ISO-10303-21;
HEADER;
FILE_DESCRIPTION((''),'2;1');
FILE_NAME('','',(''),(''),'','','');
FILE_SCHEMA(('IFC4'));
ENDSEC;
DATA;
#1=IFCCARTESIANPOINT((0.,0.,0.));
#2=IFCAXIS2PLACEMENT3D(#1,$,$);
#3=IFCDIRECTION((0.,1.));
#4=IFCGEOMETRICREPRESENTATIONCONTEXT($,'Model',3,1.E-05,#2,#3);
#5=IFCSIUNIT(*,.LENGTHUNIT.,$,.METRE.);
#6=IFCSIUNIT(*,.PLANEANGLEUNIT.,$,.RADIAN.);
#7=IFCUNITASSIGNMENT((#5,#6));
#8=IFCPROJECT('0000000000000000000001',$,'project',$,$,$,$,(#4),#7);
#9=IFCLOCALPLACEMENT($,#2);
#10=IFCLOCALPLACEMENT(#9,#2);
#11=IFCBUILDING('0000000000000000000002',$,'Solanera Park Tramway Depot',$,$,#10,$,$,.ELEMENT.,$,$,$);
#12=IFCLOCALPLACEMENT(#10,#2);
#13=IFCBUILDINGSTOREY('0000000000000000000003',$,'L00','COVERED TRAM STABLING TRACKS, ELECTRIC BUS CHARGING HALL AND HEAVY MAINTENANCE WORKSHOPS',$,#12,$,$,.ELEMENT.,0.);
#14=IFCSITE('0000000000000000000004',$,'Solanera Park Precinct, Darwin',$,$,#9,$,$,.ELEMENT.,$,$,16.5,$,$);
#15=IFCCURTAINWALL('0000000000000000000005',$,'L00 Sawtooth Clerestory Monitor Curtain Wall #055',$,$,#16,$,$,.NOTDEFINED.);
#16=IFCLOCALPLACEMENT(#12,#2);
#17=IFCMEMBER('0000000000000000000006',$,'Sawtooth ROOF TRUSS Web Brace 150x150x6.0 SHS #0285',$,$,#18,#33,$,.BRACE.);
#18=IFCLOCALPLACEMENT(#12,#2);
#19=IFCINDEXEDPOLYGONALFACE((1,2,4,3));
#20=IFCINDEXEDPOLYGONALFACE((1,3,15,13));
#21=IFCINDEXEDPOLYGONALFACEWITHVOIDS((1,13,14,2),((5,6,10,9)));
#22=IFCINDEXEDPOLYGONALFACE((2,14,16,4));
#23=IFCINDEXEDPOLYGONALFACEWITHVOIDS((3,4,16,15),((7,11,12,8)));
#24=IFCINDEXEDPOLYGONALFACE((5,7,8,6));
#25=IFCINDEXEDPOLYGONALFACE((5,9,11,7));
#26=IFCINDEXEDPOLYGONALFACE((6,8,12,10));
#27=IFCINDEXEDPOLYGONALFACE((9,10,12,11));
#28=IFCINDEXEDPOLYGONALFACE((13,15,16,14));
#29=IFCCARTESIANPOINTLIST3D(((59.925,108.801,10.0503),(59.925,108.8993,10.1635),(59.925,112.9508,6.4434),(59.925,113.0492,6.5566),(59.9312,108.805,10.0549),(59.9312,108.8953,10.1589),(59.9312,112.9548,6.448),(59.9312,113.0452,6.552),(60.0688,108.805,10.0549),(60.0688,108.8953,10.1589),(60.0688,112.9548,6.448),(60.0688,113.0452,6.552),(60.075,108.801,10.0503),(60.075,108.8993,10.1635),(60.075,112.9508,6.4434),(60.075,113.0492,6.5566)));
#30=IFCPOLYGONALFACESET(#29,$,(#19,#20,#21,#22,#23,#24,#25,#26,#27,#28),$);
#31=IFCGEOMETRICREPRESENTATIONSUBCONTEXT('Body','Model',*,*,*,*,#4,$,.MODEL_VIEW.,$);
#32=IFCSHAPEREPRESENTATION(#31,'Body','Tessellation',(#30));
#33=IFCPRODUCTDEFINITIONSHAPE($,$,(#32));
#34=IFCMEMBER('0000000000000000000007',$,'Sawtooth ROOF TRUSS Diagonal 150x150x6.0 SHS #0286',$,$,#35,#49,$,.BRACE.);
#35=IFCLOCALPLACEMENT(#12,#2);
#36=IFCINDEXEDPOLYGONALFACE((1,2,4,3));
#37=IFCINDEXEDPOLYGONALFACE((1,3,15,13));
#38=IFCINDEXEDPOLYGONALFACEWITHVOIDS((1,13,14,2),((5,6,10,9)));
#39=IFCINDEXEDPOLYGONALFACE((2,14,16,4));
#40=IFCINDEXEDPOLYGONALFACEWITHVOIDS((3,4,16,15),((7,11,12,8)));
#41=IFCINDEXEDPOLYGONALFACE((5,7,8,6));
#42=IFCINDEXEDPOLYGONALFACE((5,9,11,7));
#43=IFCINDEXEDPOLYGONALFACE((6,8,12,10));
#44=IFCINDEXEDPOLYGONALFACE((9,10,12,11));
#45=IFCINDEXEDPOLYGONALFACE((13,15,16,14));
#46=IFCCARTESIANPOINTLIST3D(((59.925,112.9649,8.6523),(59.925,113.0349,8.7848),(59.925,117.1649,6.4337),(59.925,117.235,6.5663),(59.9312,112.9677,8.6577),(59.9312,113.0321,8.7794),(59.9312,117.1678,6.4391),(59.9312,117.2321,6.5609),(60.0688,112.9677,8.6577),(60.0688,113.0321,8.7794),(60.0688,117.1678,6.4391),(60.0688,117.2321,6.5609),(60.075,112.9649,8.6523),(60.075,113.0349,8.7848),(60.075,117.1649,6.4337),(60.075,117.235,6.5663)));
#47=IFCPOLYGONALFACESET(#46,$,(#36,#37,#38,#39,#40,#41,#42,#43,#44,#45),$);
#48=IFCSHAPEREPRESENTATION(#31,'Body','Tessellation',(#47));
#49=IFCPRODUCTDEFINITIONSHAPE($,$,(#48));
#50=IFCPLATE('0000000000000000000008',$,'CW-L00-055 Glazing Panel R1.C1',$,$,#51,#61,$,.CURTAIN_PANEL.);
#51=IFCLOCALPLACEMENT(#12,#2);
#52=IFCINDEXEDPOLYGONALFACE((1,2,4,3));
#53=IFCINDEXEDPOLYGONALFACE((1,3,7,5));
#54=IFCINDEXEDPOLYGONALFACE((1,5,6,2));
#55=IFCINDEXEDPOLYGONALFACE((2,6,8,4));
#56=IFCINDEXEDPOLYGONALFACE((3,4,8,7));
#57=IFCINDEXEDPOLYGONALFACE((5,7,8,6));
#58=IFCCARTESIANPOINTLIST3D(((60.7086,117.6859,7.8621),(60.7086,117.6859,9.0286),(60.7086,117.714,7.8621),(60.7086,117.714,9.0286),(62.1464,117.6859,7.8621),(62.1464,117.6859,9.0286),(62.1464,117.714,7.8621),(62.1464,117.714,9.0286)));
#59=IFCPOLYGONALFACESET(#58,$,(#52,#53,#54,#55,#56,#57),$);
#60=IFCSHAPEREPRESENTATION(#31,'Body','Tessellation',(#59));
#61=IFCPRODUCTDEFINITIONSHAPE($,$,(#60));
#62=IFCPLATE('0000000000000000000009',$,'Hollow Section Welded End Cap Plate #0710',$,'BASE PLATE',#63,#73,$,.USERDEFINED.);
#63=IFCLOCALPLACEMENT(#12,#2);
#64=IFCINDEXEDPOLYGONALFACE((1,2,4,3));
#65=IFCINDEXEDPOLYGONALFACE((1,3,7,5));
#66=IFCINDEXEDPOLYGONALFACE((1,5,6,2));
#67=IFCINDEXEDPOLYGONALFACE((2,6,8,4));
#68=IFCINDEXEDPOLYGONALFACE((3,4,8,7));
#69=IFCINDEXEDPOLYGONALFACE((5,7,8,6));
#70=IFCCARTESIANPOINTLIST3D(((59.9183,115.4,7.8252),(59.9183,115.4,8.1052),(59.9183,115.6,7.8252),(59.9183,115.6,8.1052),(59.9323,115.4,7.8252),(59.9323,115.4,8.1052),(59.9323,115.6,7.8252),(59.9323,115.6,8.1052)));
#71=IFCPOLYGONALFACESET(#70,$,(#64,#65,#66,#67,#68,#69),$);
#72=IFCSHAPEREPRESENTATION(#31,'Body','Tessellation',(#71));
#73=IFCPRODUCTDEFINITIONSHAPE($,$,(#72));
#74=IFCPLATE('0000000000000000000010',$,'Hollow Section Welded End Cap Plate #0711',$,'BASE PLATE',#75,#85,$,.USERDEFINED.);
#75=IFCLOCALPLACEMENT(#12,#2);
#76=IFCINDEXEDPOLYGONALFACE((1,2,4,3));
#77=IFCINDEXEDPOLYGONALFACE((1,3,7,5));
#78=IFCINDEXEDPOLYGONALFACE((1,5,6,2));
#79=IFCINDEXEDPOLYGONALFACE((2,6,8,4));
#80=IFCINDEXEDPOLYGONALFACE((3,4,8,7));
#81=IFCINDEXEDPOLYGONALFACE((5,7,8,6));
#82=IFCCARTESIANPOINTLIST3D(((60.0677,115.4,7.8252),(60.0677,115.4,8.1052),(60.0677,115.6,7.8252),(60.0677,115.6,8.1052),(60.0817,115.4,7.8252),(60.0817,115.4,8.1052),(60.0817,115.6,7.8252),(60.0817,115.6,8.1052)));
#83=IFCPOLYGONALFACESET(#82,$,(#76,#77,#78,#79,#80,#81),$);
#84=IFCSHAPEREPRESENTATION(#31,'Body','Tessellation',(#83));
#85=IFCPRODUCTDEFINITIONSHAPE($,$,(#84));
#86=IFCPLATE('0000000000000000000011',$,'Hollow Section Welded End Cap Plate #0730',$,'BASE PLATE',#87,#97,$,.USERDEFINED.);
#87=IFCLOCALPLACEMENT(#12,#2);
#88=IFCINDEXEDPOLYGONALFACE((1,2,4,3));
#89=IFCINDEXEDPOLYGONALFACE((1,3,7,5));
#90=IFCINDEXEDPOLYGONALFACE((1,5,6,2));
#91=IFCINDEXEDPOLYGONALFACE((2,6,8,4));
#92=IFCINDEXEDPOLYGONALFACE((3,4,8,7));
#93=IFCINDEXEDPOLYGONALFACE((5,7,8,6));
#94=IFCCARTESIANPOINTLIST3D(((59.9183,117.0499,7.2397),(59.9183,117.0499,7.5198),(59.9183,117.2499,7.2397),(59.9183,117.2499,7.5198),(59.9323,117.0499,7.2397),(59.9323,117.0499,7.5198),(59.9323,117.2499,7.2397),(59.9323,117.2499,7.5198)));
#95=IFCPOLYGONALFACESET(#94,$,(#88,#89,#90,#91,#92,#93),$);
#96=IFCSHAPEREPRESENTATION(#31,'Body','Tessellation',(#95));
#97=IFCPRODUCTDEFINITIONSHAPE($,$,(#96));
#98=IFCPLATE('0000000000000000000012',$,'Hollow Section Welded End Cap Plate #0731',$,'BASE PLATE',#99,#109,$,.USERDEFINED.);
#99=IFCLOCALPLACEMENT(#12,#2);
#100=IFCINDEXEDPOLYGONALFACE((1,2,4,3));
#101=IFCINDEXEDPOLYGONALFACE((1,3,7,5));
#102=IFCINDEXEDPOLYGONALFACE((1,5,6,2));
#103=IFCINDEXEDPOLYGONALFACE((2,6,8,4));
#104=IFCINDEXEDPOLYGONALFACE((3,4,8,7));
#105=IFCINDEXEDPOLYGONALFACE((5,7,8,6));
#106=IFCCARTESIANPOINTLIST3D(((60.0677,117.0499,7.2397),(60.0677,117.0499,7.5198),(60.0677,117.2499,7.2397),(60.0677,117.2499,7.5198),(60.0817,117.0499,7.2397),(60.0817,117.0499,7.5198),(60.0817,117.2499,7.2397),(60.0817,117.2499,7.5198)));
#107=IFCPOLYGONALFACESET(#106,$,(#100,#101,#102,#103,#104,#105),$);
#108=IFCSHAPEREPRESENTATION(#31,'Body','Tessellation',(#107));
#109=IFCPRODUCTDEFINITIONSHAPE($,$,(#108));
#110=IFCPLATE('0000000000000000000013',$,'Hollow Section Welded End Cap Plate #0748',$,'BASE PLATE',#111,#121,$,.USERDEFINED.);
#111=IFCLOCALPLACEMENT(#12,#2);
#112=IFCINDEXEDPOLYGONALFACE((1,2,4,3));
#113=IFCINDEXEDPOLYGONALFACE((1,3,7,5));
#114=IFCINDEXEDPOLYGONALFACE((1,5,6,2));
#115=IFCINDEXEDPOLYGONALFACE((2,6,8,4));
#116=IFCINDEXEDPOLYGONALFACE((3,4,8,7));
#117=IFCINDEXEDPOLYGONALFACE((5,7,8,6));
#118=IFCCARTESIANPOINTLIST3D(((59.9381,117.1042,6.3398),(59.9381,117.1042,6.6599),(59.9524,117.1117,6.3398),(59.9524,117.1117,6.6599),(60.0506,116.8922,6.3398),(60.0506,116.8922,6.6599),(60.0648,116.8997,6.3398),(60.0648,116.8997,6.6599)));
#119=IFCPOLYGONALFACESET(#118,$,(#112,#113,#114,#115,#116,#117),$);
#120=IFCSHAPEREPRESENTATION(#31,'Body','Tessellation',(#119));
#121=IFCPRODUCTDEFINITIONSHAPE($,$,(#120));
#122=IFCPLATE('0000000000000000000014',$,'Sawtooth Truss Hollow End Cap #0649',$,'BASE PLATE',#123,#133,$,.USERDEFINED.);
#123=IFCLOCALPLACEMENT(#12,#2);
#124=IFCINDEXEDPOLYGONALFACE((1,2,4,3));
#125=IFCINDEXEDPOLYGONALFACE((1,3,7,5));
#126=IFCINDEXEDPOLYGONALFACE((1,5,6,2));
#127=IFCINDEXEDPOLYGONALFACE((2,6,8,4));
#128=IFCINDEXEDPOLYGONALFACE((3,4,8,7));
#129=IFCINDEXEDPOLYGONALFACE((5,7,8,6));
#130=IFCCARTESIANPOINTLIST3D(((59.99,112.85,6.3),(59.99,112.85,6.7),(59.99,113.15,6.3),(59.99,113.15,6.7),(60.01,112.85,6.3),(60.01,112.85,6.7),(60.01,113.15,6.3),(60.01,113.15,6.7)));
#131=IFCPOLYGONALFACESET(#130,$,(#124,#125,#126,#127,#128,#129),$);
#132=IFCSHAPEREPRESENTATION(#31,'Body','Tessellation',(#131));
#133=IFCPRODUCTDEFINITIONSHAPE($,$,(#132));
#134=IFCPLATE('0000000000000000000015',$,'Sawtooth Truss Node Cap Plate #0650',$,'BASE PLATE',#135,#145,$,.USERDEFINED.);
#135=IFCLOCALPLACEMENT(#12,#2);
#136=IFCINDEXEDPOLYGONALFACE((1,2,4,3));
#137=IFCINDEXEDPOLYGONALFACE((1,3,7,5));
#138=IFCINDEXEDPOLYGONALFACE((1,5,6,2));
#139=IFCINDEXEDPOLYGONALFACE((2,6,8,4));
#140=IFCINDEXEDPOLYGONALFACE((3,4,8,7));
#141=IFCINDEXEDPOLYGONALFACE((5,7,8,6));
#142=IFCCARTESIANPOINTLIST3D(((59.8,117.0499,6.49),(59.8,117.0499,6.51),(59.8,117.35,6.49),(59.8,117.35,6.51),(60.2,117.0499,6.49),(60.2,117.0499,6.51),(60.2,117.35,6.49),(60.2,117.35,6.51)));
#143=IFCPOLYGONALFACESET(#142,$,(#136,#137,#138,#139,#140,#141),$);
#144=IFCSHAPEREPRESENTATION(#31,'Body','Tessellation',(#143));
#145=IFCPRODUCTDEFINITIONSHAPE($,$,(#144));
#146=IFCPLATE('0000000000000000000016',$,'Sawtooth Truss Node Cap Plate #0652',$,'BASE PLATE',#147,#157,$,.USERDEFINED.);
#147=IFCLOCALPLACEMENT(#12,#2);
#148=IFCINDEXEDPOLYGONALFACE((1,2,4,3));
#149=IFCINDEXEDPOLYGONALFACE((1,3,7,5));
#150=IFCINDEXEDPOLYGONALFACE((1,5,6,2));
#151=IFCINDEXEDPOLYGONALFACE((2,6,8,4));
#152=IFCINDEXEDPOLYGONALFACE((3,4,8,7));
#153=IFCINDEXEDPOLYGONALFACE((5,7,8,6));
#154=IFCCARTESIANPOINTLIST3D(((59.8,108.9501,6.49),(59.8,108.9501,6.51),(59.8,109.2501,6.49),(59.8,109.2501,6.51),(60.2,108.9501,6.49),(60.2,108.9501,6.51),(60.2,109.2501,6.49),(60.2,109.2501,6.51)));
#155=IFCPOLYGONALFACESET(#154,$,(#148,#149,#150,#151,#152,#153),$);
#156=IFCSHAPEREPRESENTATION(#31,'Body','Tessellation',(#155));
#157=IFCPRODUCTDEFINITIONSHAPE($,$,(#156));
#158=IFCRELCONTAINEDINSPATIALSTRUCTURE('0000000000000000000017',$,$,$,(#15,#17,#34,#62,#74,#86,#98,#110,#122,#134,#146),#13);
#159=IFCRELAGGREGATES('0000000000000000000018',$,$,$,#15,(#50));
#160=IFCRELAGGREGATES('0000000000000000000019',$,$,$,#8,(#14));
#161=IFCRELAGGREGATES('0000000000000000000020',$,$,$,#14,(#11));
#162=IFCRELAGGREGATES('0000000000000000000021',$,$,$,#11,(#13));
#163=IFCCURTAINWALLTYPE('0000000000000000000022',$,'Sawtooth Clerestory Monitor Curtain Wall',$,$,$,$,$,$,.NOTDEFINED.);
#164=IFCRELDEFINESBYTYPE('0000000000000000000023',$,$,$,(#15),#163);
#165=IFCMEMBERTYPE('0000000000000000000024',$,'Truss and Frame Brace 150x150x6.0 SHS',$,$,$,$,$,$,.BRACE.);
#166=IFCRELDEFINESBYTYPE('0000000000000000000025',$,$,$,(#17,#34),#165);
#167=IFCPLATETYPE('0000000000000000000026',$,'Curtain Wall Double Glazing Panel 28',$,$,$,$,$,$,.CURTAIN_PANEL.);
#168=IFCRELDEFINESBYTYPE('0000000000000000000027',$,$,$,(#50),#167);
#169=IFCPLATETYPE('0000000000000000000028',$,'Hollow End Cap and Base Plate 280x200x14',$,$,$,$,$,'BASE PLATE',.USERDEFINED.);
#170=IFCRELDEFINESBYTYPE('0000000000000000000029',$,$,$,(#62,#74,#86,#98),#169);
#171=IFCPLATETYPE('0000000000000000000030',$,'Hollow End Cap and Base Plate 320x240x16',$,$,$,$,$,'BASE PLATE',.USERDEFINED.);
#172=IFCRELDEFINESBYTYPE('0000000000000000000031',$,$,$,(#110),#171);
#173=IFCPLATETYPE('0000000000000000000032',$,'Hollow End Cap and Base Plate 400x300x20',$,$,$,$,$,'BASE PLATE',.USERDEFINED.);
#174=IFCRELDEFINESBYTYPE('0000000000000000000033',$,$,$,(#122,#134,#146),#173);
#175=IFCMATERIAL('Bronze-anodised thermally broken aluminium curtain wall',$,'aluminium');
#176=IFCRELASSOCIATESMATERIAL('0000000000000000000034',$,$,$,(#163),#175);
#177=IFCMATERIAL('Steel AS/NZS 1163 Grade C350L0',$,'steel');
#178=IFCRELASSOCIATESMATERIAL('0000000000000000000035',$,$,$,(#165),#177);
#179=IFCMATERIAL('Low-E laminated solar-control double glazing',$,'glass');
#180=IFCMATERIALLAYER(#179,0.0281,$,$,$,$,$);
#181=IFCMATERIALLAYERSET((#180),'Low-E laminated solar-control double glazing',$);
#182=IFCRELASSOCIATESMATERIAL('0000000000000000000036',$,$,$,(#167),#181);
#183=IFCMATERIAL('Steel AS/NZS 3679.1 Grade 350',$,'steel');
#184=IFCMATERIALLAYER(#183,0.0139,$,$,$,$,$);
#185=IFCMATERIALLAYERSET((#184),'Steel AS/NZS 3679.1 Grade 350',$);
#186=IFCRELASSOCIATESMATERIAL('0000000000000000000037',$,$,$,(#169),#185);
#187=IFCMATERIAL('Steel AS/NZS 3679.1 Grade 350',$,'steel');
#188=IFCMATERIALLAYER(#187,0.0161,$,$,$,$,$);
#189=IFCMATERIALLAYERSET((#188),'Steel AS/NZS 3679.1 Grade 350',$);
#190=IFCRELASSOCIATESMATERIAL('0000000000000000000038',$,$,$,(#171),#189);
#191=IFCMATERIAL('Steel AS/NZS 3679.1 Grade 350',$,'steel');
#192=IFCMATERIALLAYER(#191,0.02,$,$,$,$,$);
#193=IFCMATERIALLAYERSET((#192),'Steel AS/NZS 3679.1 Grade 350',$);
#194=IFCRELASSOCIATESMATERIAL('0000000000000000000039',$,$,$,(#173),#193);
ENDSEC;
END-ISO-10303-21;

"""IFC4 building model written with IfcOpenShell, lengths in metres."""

from ifc_helpers import new_model, si_unit, direction, frame, origin, origin_2d, place, context, subcontext, project, spatial, rectangle, hollow_rectangle, extrude, material, layer, layer_set, material_profile, profile_set, type_object, element, aggregate, save


model = new_model("IFC4")

# Units and contexts
model_context = context("Model", 3, precision=1e-05, world=origin(), true_north=direction((0.0, 1.0)))
body_context = subcontext(model_context, "Body", "Model", "MODEL_VIEW")
ifc_project = project(units=[si_unit("LENGTHUNIT", "METRE"), si_unit("PLANEANGLEUNIT", "RADIAN")], contexts=[model_context])

# Site, building, storey
site_placement = place(None, origin())
site = spatial("IfcSite", under=ifc_project, at=site_placement, Name="Solanera Park Precinct, Darwin", CompositionType="ELEMENT", RefElevation=16.5)
building_placement = place(site_placement, origin())
building = spatial("IfcBuilding", under=site, at=building_placement, Name="Solanera Park Tramway Depot", CompositionType="ELEMENT")
storey_placement = place(building_placement, origin())
storey = spatial("IfcBuildingStorey", under=building, at=storey_placement, Name="L00", Description="COVERED TRAM STABLING TRACKS, ELECTRIC BUS CHARGING HALL AND HEAVY MAINTENANCE WORKSHOPS", CompositionType="ELEMENT", Elevation=0.0)

# Curtain wall
ifc_material_1 = material(Name="Bronze-anodised thermally broken aluminium curtain wall", Category="aluminium")
curtain_wall_type = type_object("IfcCurtainWallType", Name="Sawtooth Clerestory Monitor Curtain Wall", PredefinedType="NOTDEFINED", material=ifc_material_1)
curtain_wall_placement = place(storey_placement, origin())
curtain_wall = element("IfcCurtainWall", 1, at=curtain_wall_placement, inside=storey, type_object=curtain_wall_type, Name="L00 Sawtooth Clerestory Monitor Curtain Wall #055", PredefinedType="NOTDEFINED")

# Members
ifc_material_2 = material(Name="Steel AS/NZS 1163 Grade C350L0", Category="steel")
ifc_material_profile_1 = material_profile(ifc_material_2, hollow_rectangle(XDim=0.1499, YDim=0.1499, WallThickness=0.0061, at=origin_2d()), Name="150x150x6.0 SHS")
ifc_profile_set_1 = profile_set([ifc_material_profile_1], Name="Steel AS/NZS 1163 Grade C350L0")
member_type_1 = type_object("IfcMemberType", Name="Truss and Frame Brace 150x150x6.0 SHS", PredefinedType="BRACE", material=ifc_profile_set_1)
member_1_placement = place(storey_placement, frame((60.0, 113.0, 6.5), z_axis=(0.0, -0.754757, 0.656005), x_axis=(1.0, 0.0, 0.0)))
element("IfcMember", 2, at=member_1_placement, inside=storey, type_object=member_type_1, Name="Sawtooth ROOF TRUSS Web Brace 150x150x6.0 SHS #0285", PredefinedType="BRACE", context=body_context, shape_type="SweptSolid", body=[
    extrude(hollow_rectangle(XDim=0.1499, YDim=0.1499, WallThickness=0.0061, at=origin_2d()), origin(), (0.0, 0.0, 1.0), 5.4983),
])
member_2_placement = place(storey_placement, frame((60.0, 117.2, 6.5), z_axis=(0.0, -0.884223, 0.467066), x_axis=(1.0, 0.0, 0.0)))
element("IfcMember", 3, at=member_2_placement, inside=storey, type_object=member_type_1, Name="Sawtooth ROOF TRUSS Diagonal 150x150x6.0 SHS #0286", PredefinedType="BRACE", context=body_context, shape_type="SweptSolid", body=[
    extrude(hollow_rectangle(XDim=0.1499, YDim=0.1499, WallThickness=0.0061, at=origin_2d()), origin(), (0.0, 0.0, 1.0), 4.75),
])

# Plate
ifc_material_3 = material(Name="Low-E laminated solar-control double glazing", Category="glass")
ifc_layer_1 = layer(ifc_material_3, 0.0281)
ifc_layer_set_1 = layer_set([ifc_layer_1], Name="Low-E laminated solar-control double glazing")
plate_type_1 = type_object("IfcPlateType", Name="Curtain Wall Double Glazing Panel 28", PredefinedType="CURTAIN_PANEL", material=ifc_layer_set_1)
plate_1_placement = place(storey_placement, frame((61.4275, 117.7, 7.8621), z_axis=(0.0, 0.0, 1.0), x_axis=(1.0, 0.0, 0.0)))
plate_1 = element("IfcPlate", 4, at=plate_1_placement, type_object=plate_type_1, Name="CW-L00-055 Glazing Panel R1.C1", PredefinedType="CURTAIN_PANEL", context=body_context, shape_type="SweptSolid", body=[
    extrude(rectangle(XDim=1.4377, YDim=0.0281, at=origin_2d()), origin(), (0.0, 0.0, 1.0), 1.1665),
])
aggregate(curtain_wall, [plate_1])

# Plates
ifc_material_4 = material(Name="Steel AS/NZS 3679.1 Grade 350", Category="steel")
ifc_layer_2 = layer(ifc_material_4, 0.0139)
ifc_layer_set_2 = layer_set([ifc_layer_2], Name="Steel AS/NZS 3679.1 Grade 350")
plate_type_2 = type_object("IfcPlateType", Name="Hollow End Cap and Base Plate 280x200x14", ElementType="BASE PLATE", PredefinedType="USERDEFINED", material=ifc_layer_set_2)
for number, where, z_axis, x_axis, name in (
    (5, (59.9253, 115.5, 7.8252), (0.0, 0.0, 1.0), (1.0, 0.0, 0.0), "Hollow Section Welded End Cap Plate #0710"),
    (6, (60.0747, 115.5, 7.8252), (0.0, 0.0, 1.0), (1.0, 0.0, 0.0), "Hollow Section Welded End Cap Plate #0711"),
    (7, (59.9253, 117.1499, 7.2397), (0.0, 0.0, 1.0), (1.0, 0.0, 0.0), "Hollow Section Welded End Cap Plate #0730"),
    (8, (60.0747, 117.1499, 7.2397), (0.0, 0.0, 1.0), (1.0, 0.0, 0.0), "Hollow Section Welded End Cap Plate #0731"),
):
    element("IfcPlate", number, at=place(storey_placement, frame(where, z_axis=z_axis, x_axis=x_axis)), inside=storey, type_object=plate_type_2, Name=name, ObjectType="BASE PLATE", PredefinedType="USERDEFINED", context=body_context, shape_type="SweptSolid", body=[
        extrude(rectangle(XDim=0.0139, YDim=0.2, at=origin_2d()), origin(), (0.0, 0.0, 1.0), 0.28),
    ])
ifc_material_5 = material(Name="Steel AS/NZS 3679.1 Grade 350", Category="steel")
ifc_layer_3 = layer(ifc_material_5, 0.0161)
ifc_layer_set_3 = layer_set([ifc_layer_3], Name="Steel AS/NZS 3679.1 Grade 350")
plate_type_3 = type_object("IfcPlateType", Name="Hollow End Cap and Base Plate 320x240x16", ElementType="BASE PLATE", PredefinedType="USERDEFINED", material=ifc_layer_set_3)
plate_2_placement = place(storey_placement, frame((60.0015, 117.002, 6.3398), z_axis=(0.0, 0.0, 1.0), x_axis=(0.883521, 0.468392, 0.0)))
element("IfcPlate", 9, at=plate_2_placement, inside=storey, type_object=plate_type_3, Name="Hollow Section Welded End Cap Plate #0748", ObjectType="BASE PLATE", PredefinedType="USERDEFINED", context=body_context, shape_type="SweptSolid", body=[
    extrude(rectangle(XDim=0.0161, YDim=0.24, at=origin_2d()), origin(), (0.0, 0.0, 1.0), 0.3201),
])
ifc_material_6 = material(Name="Steel AS/NZS 3679.1 Grade 350", Category="steel")
ifc_layer_4 = layer(ifc_material_6, 0.02)
ifc_layer_set_4 = layer_set([ifc_layer_4], Name="Steel AS/NZS 3679.1 Grade 350")
plate_type_4 = type_object("IfcPlateType", Name="Hollow End Cap and Base Plate 400x300x20", ElementType="BASE PLATE", PredefinedType="USERDEFINED", material=ifc_layer_set_4)
plate_3_placement = place(storey_placement, frame((60.0, 113.0, 6.3), z_axis=(0.0, 0.0, 1.0), x_axis=(1.0, 0.0, 0.0)))
element("IfcPlate", 10, at=plate_3_placement, inside=storey, type_object=plate_type_4, Name="Sawtooth Truss Hollow End Cap #0649", ObjectType="BASE PLATE", PredefinedType="USERDEFINED", context=body_context, shape_type="SweptSolid", body=[
    extrude(rectangle(XDim=0.02, YDim=0.3, at=origin_2d()), origin(), (0.0, 0.0, 1.0), 0.3999),
])
for number, where, z_axis, x_axis, name in (
    (11, (60.0, 117.2, 6.49), (0.0, 0.0, 1.0), (1.0, 0.0, 0.0), "Sawtooth Truss Node Cap Plate #0650"),
    (12, (60.0, 109.1001, 6.49), (0.0, 0.0, 1.0), (1.0, 0.0, 0.0), "Sawtooth Truss Node Cap Plate #0652"),
):
    element("IfcPlate", number, at=place(storey_placement, frame(where, z_axis=z_axis, x_axis=x_axis)), inside=storey, type_object=plate_type_4, Name=name, ObjectType="BASE PLATE", PredefinedType="USERDEFINED", context=body_context, shape_type="SweptSolid", body=[
        extrude(rectangle(XDim=0.3999, YDim=0.3, at=origin_2d()), origin(), (0.0, 0.0, 1.0), 0.02),
    ])

save(model, "model.ifc")
